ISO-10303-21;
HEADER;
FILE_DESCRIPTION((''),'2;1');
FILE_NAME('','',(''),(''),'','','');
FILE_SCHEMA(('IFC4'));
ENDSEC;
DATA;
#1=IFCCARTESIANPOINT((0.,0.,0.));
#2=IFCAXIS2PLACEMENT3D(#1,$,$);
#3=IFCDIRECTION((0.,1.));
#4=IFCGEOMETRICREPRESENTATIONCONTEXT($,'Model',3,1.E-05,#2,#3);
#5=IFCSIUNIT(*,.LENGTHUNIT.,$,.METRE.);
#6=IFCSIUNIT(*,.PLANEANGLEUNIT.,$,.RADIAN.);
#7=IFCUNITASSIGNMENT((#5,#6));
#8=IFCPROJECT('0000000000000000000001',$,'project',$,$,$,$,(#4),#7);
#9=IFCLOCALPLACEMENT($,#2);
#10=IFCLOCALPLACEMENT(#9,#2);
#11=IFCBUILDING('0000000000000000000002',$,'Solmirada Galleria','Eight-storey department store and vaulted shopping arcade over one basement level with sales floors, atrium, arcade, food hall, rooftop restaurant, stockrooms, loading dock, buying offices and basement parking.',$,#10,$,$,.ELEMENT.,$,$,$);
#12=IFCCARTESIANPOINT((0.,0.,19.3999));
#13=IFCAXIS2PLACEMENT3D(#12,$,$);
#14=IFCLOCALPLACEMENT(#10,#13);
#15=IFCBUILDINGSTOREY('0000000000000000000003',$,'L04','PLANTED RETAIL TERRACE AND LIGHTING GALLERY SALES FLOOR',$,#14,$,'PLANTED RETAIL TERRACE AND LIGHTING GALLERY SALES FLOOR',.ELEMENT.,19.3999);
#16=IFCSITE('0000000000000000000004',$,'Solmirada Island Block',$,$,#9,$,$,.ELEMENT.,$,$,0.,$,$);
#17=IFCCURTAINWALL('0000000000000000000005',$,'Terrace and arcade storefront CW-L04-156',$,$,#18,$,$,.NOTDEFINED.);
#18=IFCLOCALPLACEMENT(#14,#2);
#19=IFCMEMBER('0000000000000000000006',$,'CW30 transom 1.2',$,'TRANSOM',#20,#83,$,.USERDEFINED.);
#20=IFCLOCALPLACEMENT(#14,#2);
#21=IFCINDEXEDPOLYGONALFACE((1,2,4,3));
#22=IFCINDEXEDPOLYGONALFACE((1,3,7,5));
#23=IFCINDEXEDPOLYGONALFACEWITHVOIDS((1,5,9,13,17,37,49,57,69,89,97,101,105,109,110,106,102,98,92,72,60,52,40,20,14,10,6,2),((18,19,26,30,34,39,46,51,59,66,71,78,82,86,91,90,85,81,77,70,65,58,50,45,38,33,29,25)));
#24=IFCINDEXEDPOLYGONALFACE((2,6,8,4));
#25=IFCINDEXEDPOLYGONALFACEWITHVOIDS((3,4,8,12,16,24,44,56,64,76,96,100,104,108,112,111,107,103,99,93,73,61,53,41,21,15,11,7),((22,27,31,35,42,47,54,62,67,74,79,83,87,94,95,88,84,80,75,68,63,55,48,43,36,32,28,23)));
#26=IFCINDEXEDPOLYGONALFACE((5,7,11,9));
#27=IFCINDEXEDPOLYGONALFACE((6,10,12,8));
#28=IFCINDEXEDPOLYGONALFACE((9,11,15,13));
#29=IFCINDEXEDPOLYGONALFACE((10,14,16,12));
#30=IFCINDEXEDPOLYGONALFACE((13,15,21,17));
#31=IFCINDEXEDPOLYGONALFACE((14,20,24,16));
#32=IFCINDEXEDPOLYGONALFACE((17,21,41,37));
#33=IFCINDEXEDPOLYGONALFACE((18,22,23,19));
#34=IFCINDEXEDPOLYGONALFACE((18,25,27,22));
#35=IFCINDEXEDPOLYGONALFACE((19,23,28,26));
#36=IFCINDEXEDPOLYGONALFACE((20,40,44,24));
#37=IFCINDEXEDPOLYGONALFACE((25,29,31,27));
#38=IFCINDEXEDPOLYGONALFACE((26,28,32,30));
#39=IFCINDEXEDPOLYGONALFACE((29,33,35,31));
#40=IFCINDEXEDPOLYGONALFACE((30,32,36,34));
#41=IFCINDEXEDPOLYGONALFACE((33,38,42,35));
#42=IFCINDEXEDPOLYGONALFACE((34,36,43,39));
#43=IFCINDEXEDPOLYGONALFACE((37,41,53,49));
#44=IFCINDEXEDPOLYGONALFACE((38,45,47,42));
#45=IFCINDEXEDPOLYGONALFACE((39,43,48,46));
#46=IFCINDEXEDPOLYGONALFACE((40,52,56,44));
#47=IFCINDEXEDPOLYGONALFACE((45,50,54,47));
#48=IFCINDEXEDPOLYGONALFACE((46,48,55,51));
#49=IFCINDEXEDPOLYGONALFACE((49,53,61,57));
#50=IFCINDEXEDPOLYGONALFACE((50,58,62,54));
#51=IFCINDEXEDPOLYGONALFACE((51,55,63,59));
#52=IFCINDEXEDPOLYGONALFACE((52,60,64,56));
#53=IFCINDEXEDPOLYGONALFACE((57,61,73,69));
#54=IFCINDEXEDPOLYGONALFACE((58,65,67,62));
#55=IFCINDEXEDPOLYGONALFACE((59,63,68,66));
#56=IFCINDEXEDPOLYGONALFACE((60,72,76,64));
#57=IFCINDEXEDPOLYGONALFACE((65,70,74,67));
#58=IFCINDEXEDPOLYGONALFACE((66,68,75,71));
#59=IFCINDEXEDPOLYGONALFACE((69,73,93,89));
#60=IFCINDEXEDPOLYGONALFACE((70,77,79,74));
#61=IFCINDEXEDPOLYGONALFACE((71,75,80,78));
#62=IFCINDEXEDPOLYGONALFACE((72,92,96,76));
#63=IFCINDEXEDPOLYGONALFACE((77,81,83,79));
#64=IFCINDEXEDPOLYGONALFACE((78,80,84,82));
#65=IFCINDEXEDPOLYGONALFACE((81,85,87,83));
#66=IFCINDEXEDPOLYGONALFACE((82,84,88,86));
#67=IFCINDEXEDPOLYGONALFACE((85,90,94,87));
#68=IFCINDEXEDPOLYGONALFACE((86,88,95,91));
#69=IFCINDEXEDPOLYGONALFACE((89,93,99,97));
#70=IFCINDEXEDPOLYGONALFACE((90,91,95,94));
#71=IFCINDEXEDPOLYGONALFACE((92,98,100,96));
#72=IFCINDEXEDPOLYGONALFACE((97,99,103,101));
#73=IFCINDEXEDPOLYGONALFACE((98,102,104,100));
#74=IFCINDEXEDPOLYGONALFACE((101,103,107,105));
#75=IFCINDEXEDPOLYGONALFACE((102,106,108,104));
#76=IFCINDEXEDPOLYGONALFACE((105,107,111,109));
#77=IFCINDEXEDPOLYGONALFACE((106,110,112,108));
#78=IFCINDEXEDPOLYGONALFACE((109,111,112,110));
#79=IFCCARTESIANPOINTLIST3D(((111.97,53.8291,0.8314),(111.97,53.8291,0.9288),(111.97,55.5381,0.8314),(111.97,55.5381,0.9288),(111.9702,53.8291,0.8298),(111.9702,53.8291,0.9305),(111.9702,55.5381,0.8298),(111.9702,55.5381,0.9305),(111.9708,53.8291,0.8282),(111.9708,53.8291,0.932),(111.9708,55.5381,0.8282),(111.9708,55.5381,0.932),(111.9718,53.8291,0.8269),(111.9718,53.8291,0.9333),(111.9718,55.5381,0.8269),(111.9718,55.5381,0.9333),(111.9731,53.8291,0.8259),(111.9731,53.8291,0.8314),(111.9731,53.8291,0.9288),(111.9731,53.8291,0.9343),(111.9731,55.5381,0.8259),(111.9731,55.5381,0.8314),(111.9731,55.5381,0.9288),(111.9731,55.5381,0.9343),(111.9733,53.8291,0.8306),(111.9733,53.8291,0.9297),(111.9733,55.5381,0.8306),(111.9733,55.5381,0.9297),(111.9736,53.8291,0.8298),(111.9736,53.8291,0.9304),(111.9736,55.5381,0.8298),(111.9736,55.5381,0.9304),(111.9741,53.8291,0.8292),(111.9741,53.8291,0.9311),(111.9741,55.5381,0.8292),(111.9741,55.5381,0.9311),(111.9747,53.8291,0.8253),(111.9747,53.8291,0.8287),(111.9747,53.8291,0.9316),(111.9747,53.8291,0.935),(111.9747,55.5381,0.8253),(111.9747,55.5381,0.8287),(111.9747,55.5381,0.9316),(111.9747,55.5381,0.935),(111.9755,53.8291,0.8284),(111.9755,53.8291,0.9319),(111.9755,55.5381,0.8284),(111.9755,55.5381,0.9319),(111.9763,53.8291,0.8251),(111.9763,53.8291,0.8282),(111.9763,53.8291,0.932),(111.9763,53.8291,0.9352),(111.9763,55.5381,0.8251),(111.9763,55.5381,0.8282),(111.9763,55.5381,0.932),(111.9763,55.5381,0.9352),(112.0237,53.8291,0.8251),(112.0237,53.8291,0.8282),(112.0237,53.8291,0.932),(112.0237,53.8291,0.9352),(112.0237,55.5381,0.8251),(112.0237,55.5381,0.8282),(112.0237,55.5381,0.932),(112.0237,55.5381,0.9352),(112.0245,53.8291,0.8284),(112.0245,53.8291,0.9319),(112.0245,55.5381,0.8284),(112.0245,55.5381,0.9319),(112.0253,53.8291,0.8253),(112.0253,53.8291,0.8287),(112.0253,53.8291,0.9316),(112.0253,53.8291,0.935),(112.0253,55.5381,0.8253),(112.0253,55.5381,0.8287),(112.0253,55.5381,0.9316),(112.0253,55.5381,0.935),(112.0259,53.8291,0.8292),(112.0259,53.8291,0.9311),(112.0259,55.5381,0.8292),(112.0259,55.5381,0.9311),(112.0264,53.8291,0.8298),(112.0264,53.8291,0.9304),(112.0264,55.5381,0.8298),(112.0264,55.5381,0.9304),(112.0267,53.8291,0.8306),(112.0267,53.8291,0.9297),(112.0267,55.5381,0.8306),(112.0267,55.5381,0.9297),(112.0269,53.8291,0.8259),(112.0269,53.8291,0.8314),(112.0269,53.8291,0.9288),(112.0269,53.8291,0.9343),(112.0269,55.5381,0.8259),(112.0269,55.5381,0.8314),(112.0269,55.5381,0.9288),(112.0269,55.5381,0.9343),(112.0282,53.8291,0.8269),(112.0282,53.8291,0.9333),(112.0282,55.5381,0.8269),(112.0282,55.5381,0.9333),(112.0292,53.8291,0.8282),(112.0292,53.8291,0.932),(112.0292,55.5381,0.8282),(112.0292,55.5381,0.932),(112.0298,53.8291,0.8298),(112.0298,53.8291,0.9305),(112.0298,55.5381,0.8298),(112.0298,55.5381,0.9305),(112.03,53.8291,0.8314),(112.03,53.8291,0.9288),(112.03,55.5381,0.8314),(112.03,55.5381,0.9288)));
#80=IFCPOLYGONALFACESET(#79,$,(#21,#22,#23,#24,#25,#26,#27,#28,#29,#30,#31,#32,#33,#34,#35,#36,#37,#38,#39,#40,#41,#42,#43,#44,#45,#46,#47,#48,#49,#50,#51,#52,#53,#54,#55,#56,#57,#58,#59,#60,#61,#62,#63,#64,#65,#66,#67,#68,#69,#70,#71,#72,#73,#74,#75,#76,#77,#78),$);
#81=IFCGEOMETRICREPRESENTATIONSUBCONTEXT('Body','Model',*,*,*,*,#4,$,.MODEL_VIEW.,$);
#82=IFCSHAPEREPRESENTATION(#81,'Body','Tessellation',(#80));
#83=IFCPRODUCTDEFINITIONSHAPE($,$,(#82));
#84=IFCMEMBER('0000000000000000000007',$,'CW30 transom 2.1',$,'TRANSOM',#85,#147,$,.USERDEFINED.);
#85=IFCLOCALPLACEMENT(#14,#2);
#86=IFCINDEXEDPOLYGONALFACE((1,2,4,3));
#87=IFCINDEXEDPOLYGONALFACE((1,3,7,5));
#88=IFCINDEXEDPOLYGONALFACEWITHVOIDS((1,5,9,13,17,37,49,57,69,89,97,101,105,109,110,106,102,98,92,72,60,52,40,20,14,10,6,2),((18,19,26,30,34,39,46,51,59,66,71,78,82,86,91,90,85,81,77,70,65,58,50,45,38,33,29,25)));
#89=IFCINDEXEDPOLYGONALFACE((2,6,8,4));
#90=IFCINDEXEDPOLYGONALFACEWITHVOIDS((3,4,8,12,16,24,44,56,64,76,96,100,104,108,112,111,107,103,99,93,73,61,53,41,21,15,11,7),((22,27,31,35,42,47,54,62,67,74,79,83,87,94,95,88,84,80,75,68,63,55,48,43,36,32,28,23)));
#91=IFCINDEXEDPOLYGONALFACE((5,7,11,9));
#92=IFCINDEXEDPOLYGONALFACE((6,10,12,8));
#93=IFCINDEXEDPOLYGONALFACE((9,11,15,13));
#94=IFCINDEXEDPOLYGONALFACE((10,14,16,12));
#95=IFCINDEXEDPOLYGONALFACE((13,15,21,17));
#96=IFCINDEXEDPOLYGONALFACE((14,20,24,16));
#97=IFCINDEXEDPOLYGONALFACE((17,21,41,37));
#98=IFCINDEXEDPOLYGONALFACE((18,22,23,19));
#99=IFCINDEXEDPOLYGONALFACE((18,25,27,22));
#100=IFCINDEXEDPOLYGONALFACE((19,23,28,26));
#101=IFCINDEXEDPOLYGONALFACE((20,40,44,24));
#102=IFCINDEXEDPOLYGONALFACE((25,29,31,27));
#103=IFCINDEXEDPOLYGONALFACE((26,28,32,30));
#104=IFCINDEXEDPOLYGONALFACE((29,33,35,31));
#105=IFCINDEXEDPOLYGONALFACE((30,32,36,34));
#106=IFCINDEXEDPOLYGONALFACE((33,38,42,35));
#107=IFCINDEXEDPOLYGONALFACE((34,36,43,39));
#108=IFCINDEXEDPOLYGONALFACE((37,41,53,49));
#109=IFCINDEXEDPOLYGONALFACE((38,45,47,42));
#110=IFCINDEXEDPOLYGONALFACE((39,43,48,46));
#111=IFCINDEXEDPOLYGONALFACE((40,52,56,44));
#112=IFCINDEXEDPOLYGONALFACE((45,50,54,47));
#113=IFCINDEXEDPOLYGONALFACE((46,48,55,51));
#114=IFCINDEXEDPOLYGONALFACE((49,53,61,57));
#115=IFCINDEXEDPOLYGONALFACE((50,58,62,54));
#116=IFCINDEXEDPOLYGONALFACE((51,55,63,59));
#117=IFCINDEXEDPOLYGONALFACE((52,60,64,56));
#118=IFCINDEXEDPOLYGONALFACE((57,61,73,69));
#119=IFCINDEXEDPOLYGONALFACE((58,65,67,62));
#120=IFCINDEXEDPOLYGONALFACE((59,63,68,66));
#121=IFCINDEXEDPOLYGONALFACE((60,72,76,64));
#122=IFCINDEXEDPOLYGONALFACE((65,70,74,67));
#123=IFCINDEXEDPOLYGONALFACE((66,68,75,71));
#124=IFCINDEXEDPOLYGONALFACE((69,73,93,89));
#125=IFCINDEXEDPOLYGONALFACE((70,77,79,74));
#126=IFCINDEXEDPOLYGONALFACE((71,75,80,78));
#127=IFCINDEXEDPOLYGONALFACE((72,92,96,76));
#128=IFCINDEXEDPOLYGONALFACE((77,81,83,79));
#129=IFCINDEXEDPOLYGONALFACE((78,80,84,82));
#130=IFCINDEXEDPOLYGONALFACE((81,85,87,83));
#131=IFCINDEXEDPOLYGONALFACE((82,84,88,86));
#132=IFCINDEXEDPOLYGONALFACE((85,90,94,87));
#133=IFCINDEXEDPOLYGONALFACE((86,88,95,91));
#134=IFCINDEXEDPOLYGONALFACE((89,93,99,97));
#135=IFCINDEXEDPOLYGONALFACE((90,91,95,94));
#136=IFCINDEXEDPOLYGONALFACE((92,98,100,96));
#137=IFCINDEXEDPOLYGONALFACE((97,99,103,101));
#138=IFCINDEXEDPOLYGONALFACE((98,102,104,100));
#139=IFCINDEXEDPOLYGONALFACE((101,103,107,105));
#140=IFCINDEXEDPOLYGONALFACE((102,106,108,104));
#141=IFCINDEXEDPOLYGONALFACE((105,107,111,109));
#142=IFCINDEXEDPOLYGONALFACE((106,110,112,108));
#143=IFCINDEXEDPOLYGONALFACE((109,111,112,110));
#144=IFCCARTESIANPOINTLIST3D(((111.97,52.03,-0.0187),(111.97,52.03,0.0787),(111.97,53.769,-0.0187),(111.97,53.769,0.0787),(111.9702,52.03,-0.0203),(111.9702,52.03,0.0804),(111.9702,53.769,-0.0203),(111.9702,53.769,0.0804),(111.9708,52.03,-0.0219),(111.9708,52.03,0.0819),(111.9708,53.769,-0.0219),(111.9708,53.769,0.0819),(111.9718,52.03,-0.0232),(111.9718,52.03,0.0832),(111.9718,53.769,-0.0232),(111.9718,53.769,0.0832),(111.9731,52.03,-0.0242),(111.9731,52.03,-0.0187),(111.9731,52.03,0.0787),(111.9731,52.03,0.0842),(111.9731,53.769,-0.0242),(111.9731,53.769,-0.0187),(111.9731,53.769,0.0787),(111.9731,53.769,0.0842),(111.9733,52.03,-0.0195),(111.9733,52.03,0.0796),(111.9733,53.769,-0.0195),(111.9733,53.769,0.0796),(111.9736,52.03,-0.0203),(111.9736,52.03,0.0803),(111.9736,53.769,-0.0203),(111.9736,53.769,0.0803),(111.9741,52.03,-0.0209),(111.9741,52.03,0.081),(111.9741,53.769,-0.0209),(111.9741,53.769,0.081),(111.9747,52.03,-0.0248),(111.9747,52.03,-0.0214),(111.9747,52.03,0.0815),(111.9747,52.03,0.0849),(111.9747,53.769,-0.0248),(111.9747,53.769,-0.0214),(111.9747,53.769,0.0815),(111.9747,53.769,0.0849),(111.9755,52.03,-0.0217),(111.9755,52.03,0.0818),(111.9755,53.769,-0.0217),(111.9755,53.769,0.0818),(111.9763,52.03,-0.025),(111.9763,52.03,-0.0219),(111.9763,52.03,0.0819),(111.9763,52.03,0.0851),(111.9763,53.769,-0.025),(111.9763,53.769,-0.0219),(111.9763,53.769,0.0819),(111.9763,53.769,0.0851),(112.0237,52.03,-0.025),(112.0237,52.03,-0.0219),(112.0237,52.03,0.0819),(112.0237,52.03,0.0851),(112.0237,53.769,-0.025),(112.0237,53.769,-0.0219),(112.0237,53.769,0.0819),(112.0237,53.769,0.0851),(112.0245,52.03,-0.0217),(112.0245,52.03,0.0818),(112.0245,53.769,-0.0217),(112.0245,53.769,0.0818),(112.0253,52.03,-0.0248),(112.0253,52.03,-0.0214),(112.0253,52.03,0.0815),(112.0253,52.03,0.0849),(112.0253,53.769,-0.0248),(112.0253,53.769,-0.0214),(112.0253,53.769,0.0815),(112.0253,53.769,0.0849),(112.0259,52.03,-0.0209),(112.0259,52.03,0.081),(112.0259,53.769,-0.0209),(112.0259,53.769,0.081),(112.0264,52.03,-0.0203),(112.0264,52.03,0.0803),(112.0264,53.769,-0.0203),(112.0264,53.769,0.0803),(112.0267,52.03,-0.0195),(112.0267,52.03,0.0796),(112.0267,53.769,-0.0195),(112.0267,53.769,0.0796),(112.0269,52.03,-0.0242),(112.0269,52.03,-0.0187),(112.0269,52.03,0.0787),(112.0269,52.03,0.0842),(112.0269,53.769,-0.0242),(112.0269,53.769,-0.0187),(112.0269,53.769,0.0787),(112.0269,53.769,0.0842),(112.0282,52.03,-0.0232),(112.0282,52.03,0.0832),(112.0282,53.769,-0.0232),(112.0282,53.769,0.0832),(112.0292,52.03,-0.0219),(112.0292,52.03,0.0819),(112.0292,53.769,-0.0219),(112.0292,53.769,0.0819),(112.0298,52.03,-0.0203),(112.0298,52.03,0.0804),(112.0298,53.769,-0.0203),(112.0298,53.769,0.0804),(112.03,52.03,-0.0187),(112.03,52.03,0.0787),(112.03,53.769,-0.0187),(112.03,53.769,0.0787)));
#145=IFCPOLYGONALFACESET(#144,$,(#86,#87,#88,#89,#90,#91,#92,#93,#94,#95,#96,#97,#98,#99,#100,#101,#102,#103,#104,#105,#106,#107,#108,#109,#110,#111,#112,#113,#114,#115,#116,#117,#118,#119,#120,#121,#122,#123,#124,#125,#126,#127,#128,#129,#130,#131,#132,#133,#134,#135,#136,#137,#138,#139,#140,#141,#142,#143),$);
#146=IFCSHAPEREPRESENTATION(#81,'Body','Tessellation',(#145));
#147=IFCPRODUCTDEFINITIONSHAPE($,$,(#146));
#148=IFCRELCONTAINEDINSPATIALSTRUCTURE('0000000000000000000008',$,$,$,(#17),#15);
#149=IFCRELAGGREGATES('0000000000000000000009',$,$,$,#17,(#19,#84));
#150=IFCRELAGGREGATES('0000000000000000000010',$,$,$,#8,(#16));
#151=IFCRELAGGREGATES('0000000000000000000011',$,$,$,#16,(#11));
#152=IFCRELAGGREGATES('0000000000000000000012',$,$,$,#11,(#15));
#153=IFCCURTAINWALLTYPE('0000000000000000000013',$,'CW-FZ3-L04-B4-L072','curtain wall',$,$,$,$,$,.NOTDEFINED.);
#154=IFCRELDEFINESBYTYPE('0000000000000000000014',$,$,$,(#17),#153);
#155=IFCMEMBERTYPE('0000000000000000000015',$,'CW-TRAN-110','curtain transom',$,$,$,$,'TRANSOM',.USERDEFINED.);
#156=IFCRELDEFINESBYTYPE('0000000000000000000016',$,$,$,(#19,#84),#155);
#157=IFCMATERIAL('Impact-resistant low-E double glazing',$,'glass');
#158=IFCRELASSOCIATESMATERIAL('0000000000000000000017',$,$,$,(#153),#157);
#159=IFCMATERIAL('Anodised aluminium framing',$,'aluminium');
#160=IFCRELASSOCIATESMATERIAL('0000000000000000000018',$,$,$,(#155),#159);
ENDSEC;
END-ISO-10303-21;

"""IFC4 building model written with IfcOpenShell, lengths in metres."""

from ifc_helpers import new_model, si_unit, direction, frame, origin, origin_2d, place, context, subcontext, project, spatial, hollow_rectangle, extrude, material, material_profile, profile_set, type_object, element, aggregate, save


model = new_model("IFC4")

# Units and contexts
model_context = context("Model", 3, precision=1e-05, world=origin(), true_north=direction((0.0, 1.0)))
body_context = subcontext(model_context, "Body", "Model", "MODEL_VIEW")
ifc_project = project(units=[si_unit("LENGTHUNIT", "METRE"), si_unit("PLANEANGLEUNIT", "RADIAN")], contexts=[model_context])

# Site, building, storey
site_placement = place(None, origin())
site = spatial("IfcSite", under=ifc_project, at=site_placement, Name="Solmirada Island Block", CompositionType="ELEMENT", RefElevation=0.0)
building_placement = place(site_placement, origin())
building = spatial("IfcBuilding", under=site, at=building_placement, Name="Solmirada Galleria", Description="Eight-storey department store and vaulted shopping arcade over one basement level with sales floors, atrium, arcade, food hall, rooftop restaurant, stockrooms, loading dock, buying offices and basement parking.", CompositionType="ELEMENT")
storey_placement = place(building_placement, frame((0.0, 0.0, 19.3999)))
storey = spatial("IfcBuildingStorey", under=building, at=storey_placement, Name="L04", Description="PLANTED RETAIL TERRACE AND LIGHTING GALLERY SALES FLOOR", LongName="PLANTED RETAIL TERRACE AND LIGHTING GALLERY SALES FLOOR", CompositionType="ELEMENT", Elevation=19.3999)

# Curtain wall, members
ifc_material_1 = material(Name="Impact-resistant low-E double glazing", Category="glass")
curtain_wall_type = type_object("IfcCurtainWallType", Name="CW-FZ3-L04-B4-L072", Description="curtain wall", PredefinedType="NOTDEFINED", material=ifc_material_1)
curtain_wall_placement = place(storey_placement, origin())
curtain_wall = element("IfcCurtainWall", 1, at=curtain_wall_placement, inside=storey, type_object=curtain_wall_type, Name="Terrace and arcade storefront CW-L04-156", PredefinedType="NOTDEFINED")
ifc_material_2 = material(Name="Anodised aluminium framing", Category="aluminium")
ifc_material_profile_1 = material_profile(ifc_material_2, hollow_rectangle(XDim=0.0601, YDim=0.1101, WallThickness=0.0032, InnerFilletRadius=0.0032, OuterFilletRadius=0.0063, at=origin_2d()), Name="ALU-TRAN-110X60")
ifc_profile_set_1 = profile_set([ifc_material_profile_1], Name="Anodised aluminium framing")
member_type_1 = type_object("IfcMemberType", Name="CW-TRAN-110", Description="curtain transom", ElementType="TRANSOM", PredefinedType="USERDEFINED", material=ifc_profile_set_1)
member_1_placement = place(storey_placement, frame((112.0, 55.5381, 0.8801), z_axis=(0.0, -1.0, 0.0), x_axis=(1.0, 0.0, 0.0)))
member_1 = element("IfcMember", 2, at=member_1_placement, type_object=member_type_1, Name="CW30 transom 1.2", ObjectType="TRANSOM", PredefinedType="USERDEFINED", context=body_context, shape_type="SweptSolid", body=[
    extrude(hollow_rectangle(XDim=0.0601, YDim=0.1101, WallThickness=0.0032, InnerFilletRadius=0.0032, OuterFilletRadius=0.0063, at=origin_2d()), origin(), (0.0, 0.0, 1.0), 1.709),
])
member_2_placement = place(storey_placement, frame((112.0, 53.769, 0.03), z_axis=(0.0, -1.0, 0.0), x_axis=(1.0, 0.0, 0.0)))
member_2 = element("IfcMember", 3, at=member_2_placement, type_object=member_type_1, Name="CW30 transom 2.1", ObjectType="TRANSOM", PredefinedType="USERDEFINED", context=body_context, shape_type="SweptSolid", body=[
    extrude(hollow_rectangle(XDim=0.0601, YDim=0.1101, WallThickness=0.0032, InnerFilletRadius=0.0032, OuterFilletRadius=0.0063, at=origin_2d()), origin(), (0.0, 0.0, 1.0), 1.739),
])
aggregate(curtain_wall, [member_1, member_2])

save(model, "model.ifc")
